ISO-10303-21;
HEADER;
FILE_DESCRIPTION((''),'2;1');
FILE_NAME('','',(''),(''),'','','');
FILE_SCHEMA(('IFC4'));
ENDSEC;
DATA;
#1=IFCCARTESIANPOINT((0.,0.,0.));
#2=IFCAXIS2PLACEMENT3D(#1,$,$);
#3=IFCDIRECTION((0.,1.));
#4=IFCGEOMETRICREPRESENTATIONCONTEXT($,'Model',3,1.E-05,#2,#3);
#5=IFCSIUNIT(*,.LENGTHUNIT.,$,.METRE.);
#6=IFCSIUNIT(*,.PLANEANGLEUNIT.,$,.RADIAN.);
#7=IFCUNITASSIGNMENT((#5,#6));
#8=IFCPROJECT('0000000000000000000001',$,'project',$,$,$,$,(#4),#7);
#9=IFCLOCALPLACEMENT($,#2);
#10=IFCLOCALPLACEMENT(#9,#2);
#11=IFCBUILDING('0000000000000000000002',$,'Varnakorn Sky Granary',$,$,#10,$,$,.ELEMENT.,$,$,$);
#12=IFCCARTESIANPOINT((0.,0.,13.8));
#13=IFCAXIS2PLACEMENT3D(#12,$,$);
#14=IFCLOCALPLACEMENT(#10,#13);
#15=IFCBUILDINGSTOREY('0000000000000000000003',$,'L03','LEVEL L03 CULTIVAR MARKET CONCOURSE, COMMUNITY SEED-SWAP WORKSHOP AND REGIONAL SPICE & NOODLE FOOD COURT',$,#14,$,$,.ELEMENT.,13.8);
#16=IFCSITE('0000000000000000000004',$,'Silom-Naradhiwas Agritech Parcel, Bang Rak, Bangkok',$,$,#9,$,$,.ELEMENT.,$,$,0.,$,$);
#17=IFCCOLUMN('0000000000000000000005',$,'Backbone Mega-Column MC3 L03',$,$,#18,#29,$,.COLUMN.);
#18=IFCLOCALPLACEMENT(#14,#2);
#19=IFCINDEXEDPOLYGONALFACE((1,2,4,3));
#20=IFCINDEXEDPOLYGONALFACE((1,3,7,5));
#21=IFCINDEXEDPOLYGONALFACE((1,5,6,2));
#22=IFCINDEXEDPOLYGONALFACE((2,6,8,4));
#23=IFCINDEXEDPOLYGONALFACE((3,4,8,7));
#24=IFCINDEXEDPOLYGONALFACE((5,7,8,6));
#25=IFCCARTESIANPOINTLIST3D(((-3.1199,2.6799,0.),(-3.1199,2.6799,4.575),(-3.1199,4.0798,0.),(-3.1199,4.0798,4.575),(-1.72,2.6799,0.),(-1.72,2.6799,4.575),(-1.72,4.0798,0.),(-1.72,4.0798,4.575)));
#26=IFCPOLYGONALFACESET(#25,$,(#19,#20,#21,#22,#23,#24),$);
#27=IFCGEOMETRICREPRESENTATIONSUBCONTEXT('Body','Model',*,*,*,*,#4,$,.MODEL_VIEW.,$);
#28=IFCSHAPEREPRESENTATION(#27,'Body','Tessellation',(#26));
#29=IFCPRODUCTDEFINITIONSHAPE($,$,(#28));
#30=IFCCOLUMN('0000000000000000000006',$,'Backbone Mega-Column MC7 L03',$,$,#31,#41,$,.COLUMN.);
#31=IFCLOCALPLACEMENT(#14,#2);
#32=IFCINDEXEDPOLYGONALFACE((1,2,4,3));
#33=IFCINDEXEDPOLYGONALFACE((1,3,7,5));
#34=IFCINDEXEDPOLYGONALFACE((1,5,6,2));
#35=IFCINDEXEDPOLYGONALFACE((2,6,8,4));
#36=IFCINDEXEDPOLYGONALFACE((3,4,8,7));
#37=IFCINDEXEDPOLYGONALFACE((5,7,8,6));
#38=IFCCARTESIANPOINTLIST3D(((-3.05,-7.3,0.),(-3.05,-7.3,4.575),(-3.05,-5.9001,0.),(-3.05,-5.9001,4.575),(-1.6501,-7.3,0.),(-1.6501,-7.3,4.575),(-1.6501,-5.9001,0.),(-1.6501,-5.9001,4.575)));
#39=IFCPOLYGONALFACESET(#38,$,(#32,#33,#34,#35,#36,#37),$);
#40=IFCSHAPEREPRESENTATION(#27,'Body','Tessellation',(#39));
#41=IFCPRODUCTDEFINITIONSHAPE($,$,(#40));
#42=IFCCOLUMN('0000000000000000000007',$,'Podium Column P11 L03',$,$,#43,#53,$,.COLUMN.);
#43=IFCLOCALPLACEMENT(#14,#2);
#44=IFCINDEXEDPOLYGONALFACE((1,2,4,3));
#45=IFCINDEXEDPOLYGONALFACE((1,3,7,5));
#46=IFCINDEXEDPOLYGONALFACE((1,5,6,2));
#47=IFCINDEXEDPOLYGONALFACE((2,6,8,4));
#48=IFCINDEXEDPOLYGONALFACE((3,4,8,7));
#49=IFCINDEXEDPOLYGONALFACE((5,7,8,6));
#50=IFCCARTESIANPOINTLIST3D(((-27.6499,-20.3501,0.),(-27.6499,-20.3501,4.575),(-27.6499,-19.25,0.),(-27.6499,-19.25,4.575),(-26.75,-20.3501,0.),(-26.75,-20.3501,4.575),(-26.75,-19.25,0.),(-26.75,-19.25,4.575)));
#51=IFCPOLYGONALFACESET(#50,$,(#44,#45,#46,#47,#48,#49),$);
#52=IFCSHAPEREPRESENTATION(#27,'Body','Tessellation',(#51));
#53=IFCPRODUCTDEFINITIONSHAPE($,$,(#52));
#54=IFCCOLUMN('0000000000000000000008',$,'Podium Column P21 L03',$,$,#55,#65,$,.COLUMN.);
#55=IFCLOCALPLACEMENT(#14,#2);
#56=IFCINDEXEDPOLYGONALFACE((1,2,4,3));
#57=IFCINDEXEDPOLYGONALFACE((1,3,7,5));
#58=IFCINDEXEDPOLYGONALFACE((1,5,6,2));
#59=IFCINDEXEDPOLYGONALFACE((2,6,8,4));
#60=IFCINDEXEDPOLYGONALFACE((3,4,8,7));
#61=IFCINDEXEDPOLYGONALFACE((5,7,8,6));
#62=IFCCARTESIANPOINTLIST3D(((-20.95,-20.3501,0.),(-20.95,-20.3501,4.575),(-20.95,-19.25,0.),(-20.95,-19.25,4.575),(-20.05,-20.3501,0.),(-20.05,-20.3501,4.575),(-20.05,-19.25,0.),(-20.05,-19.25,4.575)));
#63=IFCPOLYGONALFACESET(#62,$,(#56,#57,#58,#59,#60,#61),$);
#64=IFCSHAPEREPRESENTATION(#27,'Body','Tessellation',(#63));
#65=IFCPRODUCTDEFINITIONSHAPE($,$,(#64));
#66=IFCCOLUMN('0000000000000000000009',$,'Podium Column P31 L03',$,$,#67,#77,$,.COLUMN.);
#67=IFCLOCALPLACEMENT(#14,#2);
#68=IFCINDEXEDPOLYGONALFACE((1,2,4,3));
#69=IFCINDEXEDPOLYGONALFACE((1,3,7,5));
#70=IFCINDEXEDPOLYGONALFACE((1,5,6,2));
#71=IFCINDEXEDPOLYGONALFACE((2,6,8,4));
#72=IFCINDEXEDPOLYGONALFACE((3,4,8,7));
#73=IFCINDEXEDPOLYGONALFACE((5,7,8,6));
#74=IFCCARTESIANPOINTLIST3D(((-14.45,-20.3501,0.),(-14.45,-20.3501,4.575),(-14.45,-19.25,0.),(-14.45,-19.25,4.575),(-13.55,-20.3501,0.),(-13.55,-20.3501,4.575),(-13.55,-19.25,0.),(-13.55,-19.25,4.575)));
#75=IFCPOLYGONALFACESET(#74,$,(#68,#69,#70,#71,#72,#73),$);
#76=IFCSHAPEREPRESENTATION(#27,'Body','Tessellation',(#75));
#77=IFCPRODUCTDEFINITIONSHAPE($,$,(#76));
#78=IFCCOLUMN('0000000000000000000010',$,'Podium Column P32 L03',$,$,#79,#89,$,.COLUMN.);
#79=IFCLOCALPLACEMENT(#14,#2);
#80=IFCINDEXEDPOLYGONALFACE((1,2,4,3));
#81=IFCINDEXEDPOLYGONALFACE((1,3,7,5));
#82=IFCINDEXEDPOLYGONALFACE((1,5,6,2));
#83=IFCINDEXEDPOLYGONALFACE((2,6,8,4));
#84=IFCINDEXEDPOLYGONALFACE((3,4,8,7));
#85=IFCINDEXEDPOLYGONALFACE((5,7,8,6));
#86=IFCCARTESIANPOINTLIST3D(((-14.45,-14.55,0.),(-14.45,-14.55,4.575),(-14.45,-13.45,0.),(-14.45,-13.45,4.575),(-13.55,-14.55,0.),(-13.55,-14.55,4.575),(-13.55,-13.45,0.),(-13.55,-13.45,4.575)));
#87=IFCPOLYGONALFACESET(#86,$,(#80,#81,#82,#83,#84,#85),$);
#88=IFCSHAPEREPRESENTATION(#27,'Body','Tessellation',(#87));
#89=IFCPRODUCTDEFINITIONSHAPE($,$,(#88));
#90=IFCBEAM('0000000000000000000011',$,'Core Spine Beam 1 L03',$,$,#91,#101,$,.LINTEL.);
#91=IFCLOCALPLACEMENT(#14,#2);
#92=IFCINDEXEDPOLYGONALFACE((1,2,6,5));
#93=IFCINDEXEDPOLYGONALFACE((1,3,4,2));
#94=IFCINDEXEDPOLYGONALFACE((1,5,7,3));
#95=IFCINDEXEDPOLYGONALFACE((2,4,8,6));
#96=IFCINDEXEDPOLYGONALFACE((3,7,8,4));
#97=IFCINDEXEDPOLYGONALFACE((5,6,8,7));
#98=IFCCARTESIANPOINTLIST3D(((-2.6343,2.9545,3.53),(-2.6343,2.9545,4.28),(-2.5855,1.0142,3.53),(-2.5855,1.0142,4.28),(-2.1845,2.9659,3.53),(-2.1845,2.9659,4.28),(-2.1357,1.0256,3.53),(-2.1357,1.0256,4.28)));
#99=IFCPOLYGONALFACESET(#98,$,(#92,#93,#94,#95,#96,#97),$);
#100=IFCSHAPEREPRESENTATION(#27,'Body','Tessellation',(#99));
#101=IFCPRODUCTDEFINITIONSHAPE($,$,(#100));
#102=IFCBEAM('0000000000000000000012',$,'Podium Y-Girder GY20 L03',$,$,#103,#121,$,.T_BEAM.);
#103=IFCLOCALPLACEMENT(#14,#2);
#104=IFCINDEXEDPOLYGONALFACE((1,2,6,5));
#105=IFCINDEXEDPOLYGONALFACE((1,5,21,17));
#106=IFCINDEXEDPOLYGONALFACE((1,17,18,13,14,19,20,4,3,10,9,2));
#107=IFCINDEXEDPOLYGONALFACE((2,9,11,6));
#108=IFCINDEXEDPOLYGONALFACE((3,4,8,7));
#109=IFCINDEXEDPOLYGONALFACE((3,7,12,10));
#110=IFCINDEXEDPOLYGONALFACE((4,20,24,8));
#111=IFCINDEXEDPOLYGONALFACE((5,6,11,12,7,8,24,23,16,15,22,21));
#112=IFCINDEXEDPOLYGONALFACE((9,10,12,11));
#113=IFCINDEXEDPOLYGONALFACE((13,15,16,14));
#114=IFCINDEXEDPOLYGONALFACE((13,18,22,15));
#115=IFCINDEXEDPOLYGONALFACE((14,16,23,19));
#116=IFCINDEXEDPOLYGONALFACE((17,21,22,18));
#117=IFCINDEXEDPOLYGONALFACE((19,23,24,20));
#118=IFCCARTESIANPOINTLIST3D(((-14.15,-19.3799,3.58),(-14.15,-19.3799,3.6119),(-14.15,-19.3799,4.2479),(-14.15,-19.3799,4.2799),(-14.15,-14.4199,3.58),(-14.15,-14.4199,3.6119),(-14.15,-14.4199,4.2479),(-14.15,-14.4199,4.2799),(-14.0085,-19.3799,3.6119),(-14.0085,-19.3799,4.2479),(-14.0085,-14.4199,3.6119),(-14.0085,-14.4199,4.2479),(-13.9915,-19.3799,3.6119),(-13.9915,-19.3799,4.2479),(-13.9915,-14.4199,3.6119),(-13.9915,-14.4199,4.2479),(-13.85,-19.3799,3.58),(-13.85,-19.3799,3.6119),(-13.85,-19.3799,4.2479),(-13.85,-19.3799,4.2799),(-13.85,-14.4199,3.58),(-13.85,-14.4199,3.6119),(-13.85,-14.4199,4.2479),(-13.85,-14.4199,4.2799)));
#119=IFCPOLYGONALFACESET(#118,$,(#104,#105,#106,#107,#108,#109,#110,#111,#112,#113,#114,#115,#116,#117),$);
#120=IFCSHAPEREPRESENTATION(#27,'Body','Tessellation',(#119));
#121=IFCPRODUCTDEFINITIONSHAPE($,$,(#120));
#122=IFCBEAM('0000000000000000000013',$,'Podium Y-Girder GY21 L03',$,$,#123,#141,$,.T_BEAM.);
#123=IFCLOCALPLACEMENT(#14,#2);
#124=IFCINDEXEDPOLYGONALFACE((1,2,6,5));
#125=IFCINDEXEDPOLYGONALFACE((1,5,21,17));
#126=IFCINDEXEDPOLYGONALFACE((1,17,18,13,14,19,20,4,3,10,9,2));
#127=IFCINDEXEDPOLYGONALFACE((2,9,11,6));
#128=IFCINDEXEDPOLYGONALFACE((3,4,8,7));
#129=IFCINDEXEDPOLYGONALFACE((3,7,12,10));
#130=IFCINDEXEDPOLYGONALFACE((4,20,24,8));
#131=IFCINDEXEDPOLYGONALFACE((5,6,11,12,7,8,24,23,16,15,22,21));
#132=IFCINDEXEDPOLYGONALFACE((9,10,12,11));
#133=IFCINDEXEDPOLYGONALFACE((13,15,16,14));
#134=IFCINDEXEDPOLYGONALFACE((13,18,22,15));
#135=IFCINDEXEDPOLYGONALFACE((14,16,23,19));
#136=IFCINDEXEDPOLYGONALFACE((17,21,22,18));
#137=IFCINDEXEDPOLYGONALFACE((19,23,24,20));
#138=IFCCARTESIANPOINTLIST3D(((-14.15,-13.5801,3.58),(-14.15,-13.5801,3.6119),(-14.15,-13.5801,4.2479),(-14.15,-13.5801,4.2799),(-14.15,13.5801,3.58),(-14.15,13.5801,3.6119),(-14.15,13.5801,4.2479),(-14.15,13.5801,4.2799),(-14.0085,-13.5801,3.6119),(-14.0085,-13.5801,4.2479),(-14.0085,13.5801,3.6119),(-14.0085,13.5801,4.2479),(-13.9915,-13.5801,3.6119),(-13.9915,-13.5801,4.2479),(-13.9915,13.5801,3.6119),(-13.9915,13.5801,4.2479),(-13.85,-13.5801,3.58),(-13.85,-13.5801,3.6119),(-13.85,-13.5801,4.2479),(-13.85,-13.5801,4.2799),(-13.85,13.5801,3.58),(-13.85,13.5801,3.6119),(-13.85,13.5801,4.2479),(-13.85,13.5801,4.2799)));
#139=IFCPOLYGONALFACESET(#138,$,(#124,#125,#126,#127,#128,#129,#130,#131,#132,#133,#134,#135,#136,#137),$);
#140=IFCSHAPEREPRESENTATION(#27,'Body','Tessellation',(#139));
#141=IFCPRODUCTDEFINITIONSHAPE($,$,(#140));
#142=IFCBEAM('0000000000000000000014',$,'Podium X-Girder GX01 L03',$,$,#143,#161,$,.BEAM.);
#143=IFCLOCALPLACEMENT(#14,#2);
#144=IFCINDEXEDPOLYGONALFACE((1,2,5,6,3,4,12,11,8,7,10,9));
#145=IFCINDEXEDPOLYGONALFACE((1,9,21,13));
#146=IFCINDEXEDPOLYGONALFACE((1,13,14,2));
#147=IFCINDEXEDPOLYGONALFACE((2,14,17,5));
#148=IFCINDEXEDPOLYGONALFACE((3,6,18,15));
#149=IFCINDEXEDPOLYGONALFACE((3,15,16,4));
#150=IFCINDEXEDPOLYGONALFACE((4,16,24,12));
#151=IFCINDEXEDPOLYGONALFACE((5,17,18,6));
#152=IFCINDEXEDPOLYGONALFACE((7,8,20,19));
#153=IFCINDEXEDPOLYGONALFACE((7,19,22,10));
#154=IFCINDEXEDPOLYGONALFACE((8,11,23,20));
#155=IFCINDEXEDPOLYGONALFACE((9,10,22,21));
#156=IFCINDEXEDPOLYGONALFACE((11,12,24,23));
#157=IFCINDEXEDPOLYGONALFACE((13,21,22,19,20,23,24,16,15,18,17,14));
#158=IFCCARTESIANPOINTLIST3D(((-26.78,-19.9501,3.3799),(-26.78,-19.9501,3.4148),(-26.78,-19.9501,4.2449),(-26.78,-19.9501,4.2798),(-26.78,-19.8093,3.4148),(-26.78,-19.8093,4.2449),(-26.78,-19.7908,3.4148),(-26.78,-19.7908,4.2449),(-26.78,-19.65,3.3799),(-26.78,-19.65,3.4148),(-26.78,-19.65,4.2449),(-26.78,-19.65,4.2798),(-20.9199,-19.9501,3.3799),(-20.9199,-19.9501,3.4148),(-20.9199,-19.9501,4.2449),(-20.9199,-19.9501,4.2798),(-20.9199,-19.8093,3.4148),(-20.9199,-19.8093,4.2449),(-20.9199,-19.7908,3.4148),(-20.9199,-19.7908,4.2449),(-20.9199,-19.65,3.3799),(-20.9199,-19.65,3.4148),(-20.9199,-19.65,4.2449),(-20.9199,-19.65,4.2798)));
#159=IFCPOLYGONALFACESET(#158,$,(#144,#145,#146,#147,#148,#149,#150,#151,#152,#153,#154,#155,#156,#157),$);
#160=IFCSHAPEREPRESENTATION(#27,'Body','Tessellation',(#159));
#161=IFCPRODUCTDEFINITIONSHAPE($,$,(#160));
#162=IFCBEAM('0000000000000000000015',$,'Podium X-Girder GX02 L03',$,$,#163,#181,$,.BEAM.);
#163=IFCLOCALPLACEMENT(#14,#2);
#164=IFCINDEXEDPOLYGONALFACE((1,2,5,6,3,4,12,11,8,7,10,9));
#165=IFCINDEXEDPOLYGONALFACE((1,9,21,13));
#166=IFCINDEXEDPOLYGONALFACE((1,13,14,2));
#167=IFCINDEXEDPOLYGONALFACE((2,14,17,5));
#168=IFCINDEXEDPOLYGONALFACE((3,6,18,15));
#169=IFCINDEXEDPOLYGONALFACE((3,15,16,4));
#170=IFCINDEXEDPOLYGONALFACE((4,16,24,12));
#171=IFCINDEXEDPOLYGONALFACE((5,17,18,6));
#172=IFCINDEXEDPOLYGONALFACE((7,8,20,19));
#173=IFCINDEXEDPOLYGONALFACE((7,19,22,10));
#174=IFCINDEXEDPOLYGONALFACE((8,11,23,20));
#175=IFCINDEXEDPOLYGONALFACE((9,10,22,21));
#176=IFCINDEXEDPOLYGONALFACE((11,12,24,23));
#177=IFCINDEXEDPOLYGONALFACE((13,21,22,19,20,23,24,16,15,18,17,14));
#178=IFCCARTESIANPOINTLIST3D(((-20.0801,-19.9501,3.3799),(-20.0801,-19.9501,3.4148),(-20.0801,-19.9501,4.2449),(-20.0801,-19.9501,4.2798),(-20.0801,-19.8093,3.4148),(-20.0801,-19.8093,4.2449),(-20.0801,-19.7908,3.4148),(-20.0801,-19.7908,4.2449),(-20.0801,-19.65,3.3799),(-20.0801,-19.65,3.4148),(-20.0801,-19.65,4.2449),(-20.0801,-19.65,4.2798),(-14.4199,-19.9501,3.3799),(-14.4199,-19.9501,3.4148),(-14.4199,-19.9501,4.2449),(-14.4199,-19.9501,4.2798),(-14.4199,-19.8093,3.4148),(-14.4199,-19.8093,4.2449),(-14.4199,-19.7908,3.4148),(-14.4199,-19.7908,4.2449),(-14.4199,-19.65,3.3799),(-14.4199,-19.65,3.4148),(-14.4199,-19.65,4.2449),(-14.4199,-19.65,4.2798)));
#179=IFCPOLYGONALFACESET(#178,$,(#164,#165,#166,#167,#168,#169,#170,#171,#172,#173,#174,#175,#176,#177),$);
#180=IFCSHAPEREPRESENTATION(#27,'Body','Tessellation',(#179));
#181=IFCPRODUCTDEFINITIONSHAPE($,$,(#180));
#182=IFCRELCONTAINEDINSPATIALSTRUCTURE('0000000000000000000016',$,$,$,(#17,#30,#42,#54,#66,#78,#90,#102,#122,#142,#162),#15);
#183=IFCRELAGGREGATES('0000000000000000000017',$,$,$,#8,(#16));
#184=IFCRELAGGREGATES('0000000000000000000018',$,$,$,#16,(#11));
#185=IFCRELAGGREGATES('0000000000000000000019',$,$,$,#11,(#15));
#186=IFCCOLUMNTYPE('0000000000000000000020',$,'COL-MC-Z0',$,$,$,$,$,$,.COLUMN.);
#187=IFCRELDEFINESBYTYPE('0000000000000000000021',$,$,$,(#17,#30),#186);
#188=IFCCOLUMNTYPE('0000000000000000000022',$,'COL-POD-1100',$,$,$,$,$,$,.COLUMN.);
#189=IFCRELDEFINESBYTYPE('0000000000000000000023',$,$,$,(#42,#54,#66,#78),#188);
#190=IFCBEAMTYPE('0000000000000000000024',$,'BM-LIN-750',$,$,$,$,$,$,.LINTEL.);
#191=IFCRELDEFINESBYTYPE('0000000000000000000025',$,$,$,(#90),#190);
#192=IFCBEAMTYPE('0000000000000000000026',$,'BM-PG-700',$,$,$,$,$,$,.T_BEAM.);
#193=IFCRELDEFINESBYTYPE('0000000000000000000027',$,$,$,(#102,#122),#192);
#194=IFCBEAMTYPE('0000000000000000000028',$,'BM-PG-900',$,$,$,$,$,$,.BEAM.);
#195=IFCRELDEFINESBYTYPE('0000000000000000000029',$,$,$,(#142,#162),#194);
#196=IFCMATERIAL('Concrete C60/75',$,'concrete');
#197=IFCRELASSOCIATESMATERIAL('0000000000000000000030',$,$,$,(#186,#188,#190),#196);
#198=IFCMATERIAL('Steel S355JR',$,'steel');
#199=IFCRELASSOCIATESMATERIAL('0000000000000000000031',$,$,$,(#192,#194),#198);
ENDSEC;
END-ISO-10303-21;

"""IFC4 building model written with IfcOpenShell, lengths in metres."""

from ifc_helpers import new_model, si_unit, direction, frame, origin, origin_2d, place, context, subcontext, project, spatial, rectangle, i_section, extrude, material, material_profile, profile_set, type_object, element, save


model = new_model("IFC4")

# Units and contexts
model_context = context("Model", 3, precision=1e-05, world=origin(), true_north=direction((0.0, 1.0)))
body_context = subcontext(model_context, "Body", "Model", "MODEL_VIEW")
ifc_project = project(units=[si_unit("LENGTHUNIT", "METRE"), si_unit("PLANEANGLEUNIT", "RADIAN")], contexts=[model_context])

# Site, building, storey
site_placement = place(None, origin())
site = spatial("IfcSite", under=ifc_project, at=site_placement, Name="Silom-Naradhiwas Agritech Parcel, Bang Rak, Bangkok", CompositionType="ELEMENT", RefElevation=0.0)
building_placement = place(site_placement, origin())
building = spatial("IfcBuilding", under=site, at=building_placement, Name="Varnakorn Sky Granary", CompositionType="ELEMENT")
storey_placement = place(building_placement, frame((0.0, 0.0, 13.8)))
storey = spatial("IfcBuildingStorey", under=building, at=storey_placement, Name="L03", Description="LEVEL L03 CULTIVAR MARKET CONCOURSE, COMMUNITY SEED-SWAP WORKSHOP AND REGIONAL SPICE & NOODLE FOOD COURT", CompositionType="ELEMENT", Elevation=13.8)

# Columns
ifc_material_1 = material(Name="Concrete C60/75", Category="concrete")
ifc_material_profile_1 = material_profile(ifc_material_1, rectangle(XDim=1.3999, YDim=1.3999, at=origin_2d()), Name="RC 1400x1400")
ifc_profile_set_1 = profile_set([ifc_material_profile_1], Name="Concrete C60/75")
column_type_1 = type_object("IfcColumnType", Name="COL-MC-Z0", PredefinedType="COLUMN", material=ifc_profile_set_1)
for number, where, z_axis, x_axis, name in (
    (1, (-2.4199, 3.3799, 0.0), (0.0, 0.0, 1.0), (1.0, 0.0, 0.0), "Backbone Mega-Column MC3 L03"),
    (2, (-2.3501, -6.6001, 0.0), (0.0, 0.0, 1.0), (1.0, 0.0, 0.0), "Backbone Mega-Column MC7 L03"),
):
    element("IfcColumn", number, at=place(storey_placement, frame(where, z_axis=z_axis, x_axis=x_axis)), inside=storey, type_object=column_type_1, Name=name, PredefinedType="COLUMN", context=body_context, shape_type="SweptSolid", body=[
        extrude(rectangle(XDim=1.3999, YDim=1.3999, at=origin_2d()), origin(), (0.0, 0.0, 1.0), 4.575),
    ])
ifc_material_profile_2 = material_profile(ifc_material_1, rectangle(XDim=0.8999, YDim=1.1001, at=origin_2d()), Name="RC 900x1100")
ifc_profile_set_2 = profile_set([ifc_material_profile_2], Name="Concrete C60/75")
column_type_2 = type_object("IfcColumnType", Name="COL-POD-1100", PredefinedType="COLUMN", material=ifc_profile_set_2)
for number, where, z_axis, x_axis, name in (
    (3, (-27.2, -19.8, 0.0), (0.0, 0.0, 1.0), (1.0, 0.0, 0.0), "Podium Column P11 L03"),
    (4, (-20.5, -19.8, 0.0), (0.0, 0.0, 1.0), (1.0, 0.0, 0.0), "Podium Column P21 L03"),
    (5, (-14.0, -19.8, 0.0), (0.0, 0.0, 1.0), (1.0, 0.0, 0.0), "Podium Column P31 L03"),
    (6, (-14.0, -14.0, 0.0), (0.0, 0.0, 1.0), (1.0, 0.0, 0.0), "Podium Column P32 L03"),
):
    element("IfcColumn", number, at=place(storey_placement, frame(where, z_axis=z_axis, x_axis=x_axis)), inside=storey, type_object=column_type_2, Name=name, PredefinedType="COLUMN", context=body_context, shape_type="SweptSolid", body=[
        extrude(rectangle(XDim=0.8999, YDim=1.1001, at=origin_2d()), origin(), (0.0, 0.0, 1.0), 4.575),
    ])

# Beams
ifc_material_profile_3 = material_profile(ifc_material_1, rectangle(XDim=0.45, YDim=0.75, at=origin_2d()), Name="RC 450x750")
ifc_profile_set_3 = profile_set([ifc_material_profile_3], Name="Concrete C60/75")
beam_type_1 = type_object("IfcBeamType", Name="BM-LIN-750", PredefinedType="LINTEL", material=ifc_profile_set_3)
beam_1_placement = place(storey_placement, frame((-2.4094, 2.9602, 3.905), z_axis=(0.025159, -0.999683, 0.0), x_axis=(0.999683, 0.025159, 0.0)))
element("IfcBeam", 7, at=beam_1_placement, inside=storey, type_object=beam_type_1, Name="Core Spine Beam 1 L03", PredefinedType="LINTEL", context=body_context, shape_type="SweptSolid", body=[
    extrude(rectangle(XDim=0.45, YDim=0.75, at=origin_2d()), origin(), (0.0, 0.0, 1.0), 1.9409),
])
ifc_material_2 = material(Name="Steel S355JR", Category="steel")
ifc_material_profile_4 = material_profile(ifc_material_2, i_section(OverallWidth=0.3, OverallDepth=0.7, WebThickness=0.0171, FlangeThickness=0.032, at=origin_2d()), Name="HE 700 B")
ifc_profile_set_4 = profile_set([ifc_material_profile_4], Name="Steel S355JR")
beam_type_2 = type_object("IfcBeamType", Name="BM-PG-700", PredefinedType="T_BEAM", material=ifc_profile_set_4)
beam_2_placement = place(storey_placement, frame((-14.0, -19.3799, 3.9299), z_axis=(0.0, 1.0, 0.0), x_axis=(-1.0, 0.0, 0.0)))
element("IfcBeam", 8, at=beam_2_placement, inside=storey, type_object=beam_type_2, Name="Podium Y-Girder GY20 L03", PredefinedType="T_BEAM", context=body_context, shape_type="SweptSolid", body=[
    extrude(i_section(OverallWidth=0.3, OverallDepth=0.7, WebThickness=0.0171, FlangeThickness=0.032, at=origin_2d()), origin(), (0.0, 0.0, 1.0), 4.96),
])
beam_3_placement = place(storey_placement, frame((-14.0, -13.5801, 3.9299), z_axis=(0.0, 1.0, 0.0), x_axis=(-1.0, 0.0, 0.0)))
element("IfcBeam", 9, at=beam_3_placement, inside=storey, type_object=beam_type_2, Name="Podium Y-Girder GY21 L03", PredefinedType="T_BEAM", context=body_context, shape_type="SweptSolid", body=[
    extrude(i_section(OverallWidth=0.3, OverallDepth=0.7, WebThickness=0.0171, FlangeThickness=0.032, at=origin_2d()), origin(), (0.0, 0.0, 1.0), 27.1602),
])
ifc_material_profile_5 = material_profile(ifc_material_2, i_section(OverallWidth=0.3, OverallDepth=0.8999, WebThickness=0.0186, FlangeThickness=0.0349, at=origin_2d()), Name="HE 900 B")
ifc_profile_set_5 = profile_set([ifc_material_profile_5], Name="Steel S355JR")
beam_type_3 = type_object("IfcBeamType", Name="BM-PG-900", PredefinedType="BEAM", material=ifc_profile_set_5)
beam_4_placement = place(storey_placement, frame((-26.78, -19.8, 3.8298), z_axis=(1.0, 0.0, 0.0), x_axis=(0.0, 1.0, 0.0)))
element("IfcBeam", 10, at=beam_4_placement, inside=storey, type_object=beam_type_3, Name="Podium X-Girder GX01 L03", PredefinedType="BEAM", context=body_context, shape_type="SweptSolid", body=[
    extrude(i_section(OverallWidth=0.3, OverallDepth=0.8999, WebThickness=0.0186, FlangeThickness=0.0349, at=origin_2d()), origin(), (0.0, 0.0, 1.0), 5.8601),
])
beam_5_placement = place(storey_placement, frame((-20.0801, -19.8, 3.8298), z_axis=(1.0, 0.0, 0.0), x_axis=(0.0, 1.0, 0.0)))
element("IfcBeam", 11, at=beam_5_placement, inside=storey, type_object=beam_type_3, Name="Podium X-Girder GX02 L03", PredefinedType="BEAM", context=body_context, shape_type="SweptSolid", body=[
    extrude(i_section(OverallWidth=0.3, OverallDepth=0.8999, WebThickness=0.0186, FlangeThickness=0.0349, at=origin_2d()), origin(), (0.0, 0.0, 1.0), 5.6602),
])

save(model, "model.ifc")
